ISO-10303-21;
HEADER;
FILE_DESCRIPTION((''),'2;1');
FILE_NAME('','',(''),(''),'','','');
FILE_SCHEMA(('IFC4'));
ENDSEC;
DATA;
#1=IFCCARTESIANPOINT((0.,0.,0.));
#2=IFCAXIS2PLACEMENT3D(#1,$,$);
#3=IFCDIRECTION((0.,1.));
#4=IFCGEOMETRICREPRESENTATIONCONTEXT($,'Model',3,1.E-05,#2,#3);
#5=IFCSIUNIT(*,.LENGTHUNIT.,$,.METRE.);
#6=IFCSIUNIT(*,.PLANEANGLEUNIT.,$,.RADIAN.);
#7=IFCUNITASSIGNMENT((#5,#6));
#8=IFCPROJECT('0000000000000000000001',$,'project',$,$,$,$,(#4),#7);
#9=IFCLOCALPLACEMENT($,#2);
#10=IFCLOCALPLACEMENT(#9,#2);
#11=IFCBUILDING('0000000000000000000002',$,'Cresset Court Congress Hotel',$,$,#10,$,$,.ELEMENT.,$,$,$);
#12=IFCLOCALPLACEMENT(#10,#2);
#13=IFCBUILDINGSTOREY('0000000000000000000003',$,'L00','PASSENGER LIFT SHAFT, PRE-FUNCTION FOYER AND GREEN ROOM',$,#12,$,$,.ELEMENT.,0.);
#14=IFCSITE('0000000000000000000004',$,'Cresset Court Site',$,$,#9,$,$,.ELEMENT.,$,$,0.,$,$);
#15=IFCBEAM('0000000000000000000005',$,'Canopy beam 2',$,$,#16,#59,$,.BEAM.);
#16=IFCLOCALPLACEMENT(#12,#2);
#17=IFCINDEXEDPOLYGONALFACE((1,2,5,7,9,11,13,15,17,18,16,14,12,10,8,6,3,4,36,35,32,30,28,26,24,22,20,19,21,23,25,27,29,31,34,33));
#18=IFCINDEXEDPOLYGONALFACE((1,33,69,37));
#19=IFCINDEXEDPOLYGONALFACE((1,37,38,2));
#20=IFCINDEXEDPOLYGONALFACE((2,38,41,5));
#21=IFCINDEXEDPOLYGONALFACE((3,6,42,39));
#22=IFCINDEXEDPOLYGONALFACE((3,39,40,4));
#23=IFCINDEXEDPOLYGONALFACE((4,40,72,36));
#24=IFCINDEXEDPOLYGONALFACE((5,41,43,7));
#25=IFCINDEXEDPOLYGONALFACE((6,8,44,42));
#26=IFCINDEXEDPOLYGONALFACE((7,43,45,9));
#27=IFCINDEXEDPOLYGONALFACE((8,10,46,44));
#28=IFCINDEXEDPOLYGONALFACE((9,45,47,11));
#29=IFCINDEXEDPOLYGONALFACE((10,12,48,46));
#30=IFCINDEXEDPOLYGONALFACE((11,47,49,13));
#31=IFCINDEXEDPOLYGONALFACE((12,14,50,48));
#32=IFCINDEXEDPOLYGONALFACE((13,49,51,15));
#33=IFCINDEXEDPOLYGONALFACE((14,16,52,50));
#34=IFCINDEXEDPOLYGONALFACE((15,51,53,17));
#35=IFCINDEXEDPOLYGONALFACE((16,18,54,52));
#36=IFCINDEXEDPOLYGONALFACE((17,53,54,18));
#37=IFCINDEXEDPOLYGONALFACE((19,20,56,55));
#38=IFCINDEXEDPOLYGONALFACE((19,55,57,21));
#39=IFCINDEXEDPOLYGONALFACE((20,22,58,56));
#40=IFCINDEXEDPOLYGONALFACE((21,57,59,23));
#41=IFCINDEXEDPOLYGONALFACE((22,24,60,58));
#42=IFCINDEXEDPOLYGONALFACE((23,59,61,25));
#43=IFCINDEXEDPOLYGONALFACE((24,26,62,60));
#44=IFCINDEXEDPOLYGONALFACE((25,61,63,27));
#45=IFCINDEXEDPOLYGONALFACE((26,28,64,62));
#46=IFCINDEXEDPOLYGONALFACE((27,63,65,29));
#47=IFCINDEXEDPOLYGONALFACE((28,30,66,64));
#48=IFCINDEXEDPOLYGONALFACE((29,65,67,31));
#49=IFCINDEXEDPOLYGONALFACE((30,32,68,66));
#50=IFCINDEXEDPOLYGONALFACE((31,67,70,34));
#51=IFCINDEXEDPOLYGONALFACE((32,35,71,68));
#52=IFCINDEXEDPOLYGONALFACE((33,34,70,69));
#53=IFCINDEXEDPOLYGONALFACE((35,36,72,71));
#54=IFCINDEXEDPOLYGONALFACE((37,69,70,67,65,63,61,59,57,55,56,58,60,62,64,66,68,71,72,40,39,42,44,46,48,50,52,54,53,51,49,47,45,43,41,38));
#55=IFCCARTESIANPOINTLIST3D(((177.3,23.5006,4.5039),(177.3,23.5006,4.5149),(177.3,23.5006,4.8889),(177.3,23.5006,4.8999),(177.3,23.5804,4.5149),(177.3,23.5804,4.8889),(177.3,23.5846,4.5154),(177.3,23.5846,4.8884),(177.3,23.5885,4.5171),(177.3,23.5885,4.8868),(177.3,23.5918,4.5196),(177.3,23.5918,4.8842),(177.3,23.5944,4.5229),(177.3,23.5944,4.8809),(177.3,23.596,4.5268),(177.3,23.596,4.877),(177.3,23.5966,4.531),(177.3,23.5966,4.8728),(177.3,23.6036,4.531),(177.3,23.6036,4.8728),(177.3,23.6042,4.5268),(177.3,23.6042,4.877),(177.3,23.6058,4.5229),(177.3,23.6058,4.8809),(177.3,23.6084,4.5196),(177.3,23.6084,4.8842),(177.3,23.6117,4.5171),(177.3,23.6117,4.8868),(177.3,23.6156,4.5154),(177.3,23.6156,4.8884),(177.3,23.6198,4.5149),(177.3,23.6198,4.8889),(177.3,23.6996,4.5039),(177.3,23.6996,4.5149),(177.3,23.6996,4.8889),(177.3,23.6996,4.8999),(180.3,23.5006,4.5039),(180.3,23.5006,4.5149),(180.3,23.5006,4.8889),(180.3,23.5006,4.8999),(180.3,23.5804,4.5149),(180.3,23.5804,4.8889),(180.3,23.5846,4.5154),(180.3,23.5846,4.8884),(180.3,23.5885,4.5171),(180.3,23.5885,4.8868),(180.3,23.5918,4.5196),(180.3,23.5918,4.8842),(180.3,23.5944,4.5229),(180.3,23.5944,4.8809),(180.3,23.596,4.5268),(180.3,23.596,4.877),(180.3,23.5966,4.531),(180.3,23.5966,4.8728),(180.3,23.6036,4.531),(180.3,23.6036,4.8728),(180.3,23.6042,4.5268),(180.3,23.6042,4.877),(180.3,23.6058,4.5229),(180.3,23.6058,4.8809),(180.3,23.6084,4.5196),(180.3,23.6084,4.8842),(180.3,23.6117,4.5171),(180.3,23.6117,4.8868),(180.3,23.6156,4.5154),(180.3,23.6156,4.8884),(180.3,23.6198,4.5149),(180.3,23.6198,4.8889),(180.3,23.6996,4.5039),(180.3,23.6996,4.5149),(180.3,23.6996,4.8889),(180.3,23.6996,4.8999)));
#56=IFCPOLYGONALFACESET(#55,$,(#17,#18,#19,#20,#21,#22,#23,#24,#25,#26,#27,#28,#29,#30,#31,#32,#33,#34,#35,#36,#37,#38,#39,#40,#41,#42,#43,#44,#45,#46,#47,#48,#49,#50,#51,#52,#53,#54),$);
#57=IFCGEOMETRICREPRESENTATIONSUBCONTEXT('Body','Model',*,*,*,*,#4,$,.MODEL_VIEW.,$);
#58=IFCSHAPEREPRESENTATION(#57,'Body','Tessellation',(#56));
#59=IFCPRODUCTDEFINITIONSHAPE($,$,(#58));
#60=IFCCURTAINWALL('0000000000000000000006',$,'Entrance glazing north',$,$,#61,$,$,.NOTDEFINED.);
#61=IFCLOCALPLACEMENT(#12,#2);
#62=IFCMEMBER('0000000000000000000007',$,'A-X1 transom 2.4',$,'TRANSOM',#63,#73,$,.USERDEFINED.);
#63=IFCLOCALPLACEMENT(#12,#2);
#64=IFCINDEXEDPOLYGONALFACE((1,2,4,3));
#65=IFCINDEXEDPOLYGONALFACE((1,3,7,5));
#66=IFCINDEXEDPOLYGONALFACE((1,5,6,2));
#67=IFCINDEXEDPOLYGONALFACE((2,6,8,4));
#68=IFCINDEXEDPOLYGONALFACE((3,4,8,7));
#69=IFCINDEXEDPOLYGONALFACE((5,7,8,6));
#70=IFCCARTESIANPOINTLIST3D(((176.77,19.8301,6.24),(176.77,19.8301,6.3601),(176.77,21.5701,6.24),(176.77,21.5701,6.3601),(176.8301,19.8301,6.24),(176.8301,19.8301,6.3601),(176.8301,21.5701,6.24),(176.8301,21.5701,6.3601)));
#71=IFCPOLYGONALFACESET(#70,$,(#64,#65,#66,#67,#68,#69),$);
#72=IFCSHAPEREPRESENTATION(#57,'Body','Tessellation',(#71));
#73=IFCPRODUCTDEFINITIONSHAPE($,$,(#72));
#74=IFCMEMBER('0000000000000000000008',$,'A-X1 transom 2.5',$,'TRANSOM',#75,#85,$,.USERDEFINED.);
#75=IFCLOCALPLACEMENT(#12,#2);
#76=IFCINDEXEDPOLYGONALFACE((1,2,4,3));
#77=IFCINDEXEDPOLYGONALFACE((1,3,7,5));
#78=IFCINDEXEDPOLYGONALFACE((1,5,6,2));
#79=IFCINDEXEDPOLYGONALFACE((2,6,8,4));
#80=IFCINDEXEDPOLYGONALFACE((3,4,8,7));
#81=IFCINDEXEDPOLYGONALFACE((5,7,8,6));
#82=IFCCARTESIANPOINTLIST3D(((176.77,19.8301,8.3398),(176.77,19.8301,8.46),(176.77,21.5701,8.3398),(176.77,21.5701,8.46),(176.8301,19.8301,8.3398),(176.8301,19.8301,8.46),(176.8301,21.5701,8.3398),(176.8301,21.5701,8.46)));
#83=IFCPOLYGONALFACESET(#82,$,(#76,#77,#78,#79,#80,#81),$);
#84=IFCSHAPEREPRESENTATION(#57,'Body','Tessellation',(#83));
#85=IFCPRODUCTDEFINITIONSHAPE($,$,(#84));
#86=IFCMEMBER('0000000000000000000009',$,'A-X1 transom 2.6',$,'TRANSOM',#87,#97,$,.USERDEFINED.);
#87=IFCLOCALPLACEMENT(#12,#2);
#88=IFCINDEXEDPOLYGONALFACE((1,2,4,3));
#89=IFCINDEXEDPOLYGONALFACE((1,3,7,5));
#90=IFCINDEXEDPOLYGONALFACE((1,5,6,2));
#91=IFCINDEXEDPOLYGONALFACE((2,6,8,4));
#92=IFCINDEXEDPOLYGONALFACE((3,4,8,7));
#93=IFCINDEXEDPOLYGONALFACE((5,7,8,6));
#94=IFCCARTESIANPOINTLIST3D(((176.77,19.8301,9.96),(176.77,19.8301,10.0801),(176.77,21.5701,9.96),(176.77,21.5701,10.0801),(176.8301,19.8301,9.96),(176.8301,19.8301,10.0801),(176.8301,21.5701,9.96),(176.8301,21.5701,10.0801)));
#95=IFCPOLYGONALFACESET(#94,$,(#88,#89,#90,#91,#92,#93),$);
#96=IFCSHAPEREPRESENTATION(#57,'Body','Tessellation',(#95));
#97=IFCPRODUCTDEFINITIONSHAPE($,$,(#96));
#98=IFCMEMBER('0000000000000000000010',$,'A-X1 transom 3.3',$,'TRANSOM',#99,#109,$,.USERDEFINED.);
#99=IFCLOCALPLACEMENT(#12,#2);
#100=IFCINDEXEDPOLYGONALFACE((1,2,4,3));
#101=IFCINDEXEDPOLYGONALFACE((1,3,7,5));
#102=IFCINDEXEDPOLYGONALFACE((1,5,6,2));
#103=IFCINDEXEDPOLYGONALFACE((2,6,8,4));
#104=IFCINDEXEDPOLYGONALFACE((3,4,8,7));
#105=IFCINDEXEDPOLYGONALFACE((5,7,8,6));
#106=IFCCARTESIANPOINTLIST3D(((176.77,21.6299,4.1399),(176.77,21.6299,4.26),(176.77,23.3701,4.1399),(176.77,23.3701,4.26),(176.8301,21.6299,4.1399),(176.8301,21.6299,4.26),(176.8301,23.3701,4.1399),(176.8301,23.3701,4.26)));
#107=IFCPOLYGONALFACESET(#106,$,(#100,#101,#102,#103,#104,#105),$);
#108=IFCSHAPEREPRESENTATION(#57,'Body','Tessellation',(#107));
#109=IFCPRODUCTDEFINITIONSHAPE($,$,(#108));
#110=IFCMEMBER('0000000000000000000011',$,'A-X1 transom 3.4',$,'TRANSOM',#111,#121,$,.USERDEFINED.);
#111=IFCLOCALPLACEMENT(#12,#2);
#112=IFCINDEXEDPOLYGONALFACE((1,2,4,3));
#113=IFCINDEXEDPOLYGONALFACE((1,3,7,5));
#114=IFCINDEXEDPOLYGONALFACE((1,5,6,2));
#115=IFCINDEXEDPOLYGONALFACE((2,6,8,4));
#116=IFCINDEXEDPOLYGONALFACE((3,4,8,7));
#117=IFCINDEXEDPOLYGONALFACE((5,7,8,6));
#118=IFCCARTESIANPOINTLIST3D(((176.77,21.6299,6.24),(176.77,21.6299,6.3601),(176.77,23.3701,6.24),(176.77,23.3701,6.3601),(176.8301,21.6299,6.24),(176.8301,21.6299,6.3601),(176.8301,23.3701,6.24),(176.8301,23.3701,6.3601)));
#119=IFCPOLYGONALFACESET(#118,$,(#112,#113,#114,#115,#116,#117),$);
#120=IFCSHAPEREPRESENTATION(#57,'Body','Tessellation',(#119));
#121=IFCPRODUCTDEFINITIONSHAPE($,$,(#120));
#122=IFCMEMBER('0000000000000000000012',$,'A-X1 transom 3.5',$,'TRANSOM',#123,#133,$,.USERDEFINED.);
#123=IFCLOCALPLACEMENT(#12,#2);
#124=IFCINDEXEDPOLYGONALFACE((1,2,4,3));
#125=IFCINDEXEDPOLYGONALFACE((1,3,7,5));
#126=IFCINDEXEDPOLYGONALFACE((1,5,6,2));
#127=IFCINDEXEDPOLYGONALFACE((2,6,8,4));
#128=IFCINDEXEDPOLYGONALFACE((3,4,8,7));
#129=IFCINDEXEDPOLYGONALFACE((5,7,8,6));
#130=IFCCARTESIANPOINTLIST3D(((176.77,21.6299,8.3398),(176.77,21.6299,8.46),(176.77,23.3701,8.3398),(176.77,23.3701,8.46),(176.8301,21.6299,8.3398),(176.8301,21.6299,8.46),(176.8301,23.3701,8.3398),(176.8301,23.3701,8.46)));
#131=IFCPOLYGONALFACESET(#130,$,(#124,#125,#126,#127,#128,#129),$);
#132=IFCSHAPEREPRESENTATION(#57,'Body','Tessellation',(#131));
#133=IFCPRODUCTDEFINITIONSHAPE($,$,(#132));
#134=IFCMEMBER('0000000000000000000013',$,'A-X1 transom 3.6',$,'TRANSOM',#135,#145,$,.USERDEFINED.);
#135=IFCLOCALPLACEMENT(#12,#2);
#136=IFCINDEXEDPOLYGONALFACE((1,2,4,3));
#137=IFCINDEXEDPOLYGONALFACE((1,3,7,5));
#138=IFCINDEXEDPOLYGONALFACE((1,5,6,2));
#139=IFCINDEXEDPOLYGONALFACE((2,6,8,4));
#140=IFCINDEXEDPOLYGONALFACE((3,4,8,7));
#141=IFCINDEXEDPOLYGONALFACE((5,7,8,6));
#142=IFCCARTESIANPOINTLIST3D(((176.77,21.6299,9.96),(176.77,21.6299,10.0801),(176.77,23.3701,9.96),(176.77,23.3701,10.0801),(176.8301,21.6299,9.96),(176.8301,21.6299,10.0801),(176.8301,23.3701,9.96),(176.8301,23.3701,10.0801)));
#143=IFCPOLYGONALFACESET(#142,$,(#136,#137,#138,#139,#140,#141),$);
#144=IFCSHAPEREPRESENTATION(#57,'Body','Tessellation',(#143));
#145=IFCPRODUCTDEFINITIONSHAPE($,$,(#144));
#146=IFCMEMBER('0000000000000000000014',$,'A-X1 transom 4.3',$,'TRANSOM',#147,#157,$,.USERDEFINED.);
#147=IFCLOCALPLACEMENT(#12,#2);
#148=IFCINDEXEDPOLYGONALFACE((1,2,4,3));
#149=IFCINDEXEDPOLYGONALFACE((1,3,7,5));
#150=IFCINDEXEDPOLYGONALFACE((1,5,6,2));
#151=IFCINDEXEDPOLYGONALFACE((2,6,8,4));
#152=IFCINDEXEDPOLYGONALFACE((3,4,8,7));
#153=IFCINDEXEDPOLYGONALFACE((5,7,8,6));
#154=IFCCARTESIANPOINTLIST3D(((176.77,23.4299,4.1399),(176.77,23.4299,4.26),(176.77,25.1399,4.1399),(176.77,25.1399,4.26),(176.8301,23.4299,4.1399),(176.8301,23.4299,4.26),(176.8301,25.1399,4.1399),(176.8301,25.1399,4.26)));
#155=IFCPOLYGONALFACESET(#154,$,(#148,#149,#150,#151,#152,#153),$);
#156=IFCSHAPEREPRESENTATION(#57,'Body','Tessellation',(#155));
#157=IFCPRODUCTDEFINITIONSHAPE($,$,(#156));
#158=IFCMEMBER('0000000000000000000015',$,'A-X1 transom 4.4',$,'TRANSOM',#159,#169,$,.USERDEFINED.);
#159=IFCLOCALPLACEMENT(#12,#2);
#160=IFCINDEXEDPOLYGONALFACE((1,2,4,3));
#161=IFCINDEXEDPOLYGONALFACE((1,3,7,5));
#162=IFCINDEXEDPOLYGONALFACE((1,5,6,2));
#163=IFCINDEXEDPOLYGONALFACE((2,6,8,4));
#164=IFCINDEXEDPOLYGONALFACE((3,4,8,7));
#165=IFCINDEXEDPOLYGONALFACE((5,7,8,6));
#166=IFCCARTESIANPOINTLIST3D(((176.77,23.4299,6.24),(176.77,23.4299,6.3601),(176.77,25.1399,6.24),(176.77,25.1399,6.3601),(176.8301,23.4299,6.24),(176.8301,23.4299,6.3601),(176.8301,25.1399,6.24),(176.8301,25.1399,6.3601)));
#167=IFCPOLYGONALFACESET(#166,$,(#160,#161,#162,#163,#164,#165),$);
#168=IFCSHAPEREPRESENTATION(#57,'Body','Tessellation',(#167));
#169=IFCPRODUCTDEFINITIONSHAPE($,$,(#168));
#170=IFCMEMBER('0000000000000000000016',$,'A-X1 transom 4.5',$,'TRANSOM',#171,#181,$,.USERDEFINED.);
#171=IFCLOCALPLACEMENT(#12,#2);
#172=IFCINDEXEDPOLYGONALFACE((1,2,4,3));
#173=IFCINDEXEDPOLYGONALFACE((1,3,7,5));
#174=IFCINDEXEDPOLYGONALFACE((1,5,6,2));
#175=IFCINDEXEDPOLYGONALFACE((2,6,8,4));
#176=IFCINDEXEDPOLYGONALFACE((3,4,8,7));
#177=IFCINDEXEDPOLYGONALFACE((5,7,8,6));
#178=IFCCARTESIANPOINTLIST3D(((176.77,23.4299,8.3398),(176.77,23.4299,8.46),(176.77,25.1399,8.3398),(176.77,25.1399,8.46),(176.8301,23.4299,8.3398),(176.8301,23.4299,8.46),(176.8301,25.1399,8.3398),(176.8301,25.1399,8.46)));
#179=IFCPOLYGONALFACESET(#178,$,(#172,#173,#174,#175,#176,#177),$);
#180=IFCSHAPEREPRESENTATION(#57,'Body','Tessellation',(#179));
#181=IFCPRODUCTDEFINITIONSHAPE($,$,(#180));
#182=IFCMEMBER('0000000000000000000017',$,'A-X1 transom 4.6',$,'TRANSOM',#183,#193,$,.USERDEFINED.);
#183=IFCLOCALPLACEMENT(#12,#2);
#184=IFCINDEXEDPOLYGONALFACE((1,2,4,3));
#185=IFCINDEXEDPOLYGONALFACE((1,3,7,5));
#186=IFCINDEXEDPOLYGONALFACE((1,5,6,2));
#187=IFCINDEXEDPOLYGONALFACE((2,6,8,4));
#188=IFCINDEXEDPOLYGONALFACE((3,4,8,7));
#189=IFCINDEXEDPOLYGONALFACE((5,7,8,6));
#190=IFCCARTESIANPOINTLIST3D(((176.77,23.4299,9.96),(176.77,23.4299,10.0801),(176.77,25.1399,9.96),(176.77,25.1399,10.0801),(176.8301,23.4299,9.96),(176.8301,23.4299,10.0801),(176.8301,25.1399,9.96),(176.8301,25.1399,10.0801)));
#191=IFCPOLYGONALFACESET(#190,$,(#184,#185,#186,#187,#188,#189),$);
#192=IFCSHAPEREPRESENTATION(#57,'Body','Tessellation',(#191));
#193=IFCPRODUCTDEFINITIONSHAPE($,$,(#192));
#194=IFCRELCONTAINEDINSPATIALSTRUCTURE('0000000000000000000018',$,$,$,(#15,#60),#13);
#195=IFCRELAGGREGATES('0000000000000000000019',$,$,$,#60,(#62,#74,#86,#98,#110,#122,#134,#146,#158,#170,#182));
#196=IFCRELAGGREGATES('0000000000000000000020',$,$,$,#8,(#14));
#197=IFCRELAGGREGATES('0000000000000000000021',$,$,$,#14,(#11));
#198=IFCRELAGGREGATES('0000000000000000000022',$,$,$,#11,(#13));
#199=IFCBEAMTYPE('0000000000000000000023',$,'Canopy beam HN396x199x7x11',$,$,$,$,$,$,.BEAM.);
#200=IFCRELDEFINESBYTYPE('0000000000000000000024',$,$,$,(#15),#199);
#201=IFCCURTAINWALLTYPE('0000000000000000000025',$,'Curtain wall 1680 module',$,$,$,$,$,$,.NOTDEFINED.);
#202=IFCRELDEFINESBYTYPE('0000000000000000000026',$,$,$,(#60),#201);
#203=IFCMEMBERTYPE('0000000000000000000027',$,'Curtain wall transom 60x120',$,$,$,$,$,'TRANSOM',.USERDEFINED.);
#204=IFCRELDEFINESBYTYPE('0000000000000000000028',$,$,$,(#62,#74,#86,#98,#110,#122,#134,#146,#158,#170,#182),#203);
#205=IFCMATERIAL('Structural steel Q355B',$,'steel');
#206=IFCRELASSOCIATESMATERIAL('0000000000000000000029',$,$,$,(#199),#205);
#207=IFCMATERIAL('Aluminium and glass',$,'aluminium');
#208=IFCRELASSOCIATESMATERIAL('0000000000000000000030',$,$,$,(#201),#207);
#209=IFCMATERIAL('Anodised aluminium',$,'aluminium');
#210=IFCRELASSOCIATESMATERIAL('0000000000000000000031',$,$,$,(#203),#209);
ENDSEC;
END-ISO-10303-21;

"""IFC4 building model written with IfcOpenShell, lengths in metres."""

from ifc_helpers import new_model, si_unit, direction, frame, origin, origin_2d, place, context, subcontext, project, spatial, rectangle, i_section, extrude, material, material_profile, profile_set, type_object, element, aggregate, save


model = new_model("IFC4")

# Units and contexts
model_context = context("Model", 3, precision=1e-05, world=origin(), true_north=direction((0.0, 1.0)))
body_context = subcontext(model_context, "Body", "Model", "MODEL_VIEW")
ifc_project = project(units=[si_unit("LENGTHUNIT", "METRE"), si_unit("PLANEANGLEUNIT", "RADIAN")], contexts=[model_context])

# Site, building, storey
site_placement = place(None, origin())
site = spatial("IfcSite", under=ifc_project, at=site_placement, Name="Cresset Court Site", CompositionType="ELEMENT", RefElevation=0.0)
building_placement = place(site_placement, origin())
building = spatial("IfcBuilding", under=site, at=building_placement, Name="Cresset Court Congress Hotel", CompositionType="ELEMENT")
storey_placement = place(building_placement, origin())
storey = spatial("IfcBuildingStorey", under=building, at=storey_placement, Name="L00", Description="PASSENGER LIFT SHAFT, PRE-FUNCTION FOYER AND GREEN ROOM", CompositionType="ELEMENT", Elevation=0.0)

# Beam
ifc_material_1 = material(Name="Structural steel Q355B", Category="steel")
ifc_material_profile_1 = material_profile(ifc_material_1, i_section(OverallWidth=0.199, OverallDepth=0.396, WebThickness=0.0071, FlangeThickness=0.011, FilletRadius=0.0161, at=origin_2d()), Name="HN396x199x7x11")
ifc_profile_set_1 = profile_set([ifc_material_profile_1], Name="Structural steel Q355B")
beam_type = type_object("IfcBeamType", Name="Canopy beam HN396x199x7x11", PredefinedType="BEAM", material=ifc_profile_set_1)
beam_placement = place(storey_placement, frame((177.3, 23.6001, 4.7019), z_axis=(1.0, 0.0, 0.0), x_axis=(0.0, 1.0, 0.0)))
element("IfcBeam", 1, at=beam_placement, inside=storey, type_object=beam_type, Name="Canopy beam 2", PredefinedType="BEAM", context=body_context, shape_type="SweptSolid", body=[
    extrude(i_section(OverallWidth=0.199, OverallDepth=0.396, WebThickness=0.0071, FlangeThickness=0.011, FilletRadius=0.0161, at=origin_2d()), origin(), (0.0, 0.0, 1.0), 3.0),
])

# Curtain wall, members
ifc_material_2 = material(Name="Aluminium and glass", Category="aluminium")
curtain_wall_type = type_object("IfcCurtainWallType", Name="Curtain wall 1680 module", PredefinedType="NOTDEFINED", material=ifc_material_2)
curtain_wall_placement = place(storey_placement, origin())
curtain_wall = element("IfcCurtainWall", 2, at=curtain_wall_placement, inside=storey, type_object=curtain_wall_type, Name="Entrance glazing north", PredefinedType="NOTDEFINED")
ifc_material_3 = material(Name="Anodised aluminium", Category="aluminium")
ifc_material_profile_2 = material_profile(ifc_material_3, rectangle(XDim=0.0601, YDim=0.1201, at=origin_2d()), Name="AL60x120")
ifc_profile_set_2 = profile_set([ifc_material_profile_2], Name="Anodised aluminium")
member_type = type_object("IfcMemberType", Name="Curtain wall transom 60x120", ElementType="TRANSOM", PredefinedType="USERDEFINED", material=ifc_profile_set_2)
member_1_placement = place(storey_placement, frame((176.8, 19.8301, 6.3), z_axis=(0.0, 1.0, 0.0), x_axis=(-1.0, 0.0, 0.0)))
member_1 = element("IfcMember", 3, at=member_1_placement, type_object=member_type, Name="A-X1 transom 2.4", ObjectType="TRANSOM", PredefinedType="USERDEFINED", context=body_context, shape_type="SweptSolid", body=[
    extrude(rectangle(XDim=0.0601, YDim=0.1201, at=origin_2d()), origin(), (0.0, 0.0, 1.0), 1.74),
])
member_2_placement = place(storey_placement, frame((176.8, 19.8301, 8.3999), z_axis=(0.0, 1.0, 0.0), x_axis=(-1.0, 0.0, 0.0)))
member_2 = element("IfcMember", 4, at=member_2_placement, type_object=member_type, Name="A-X1 transom 2.5", ObjectType="TRANSOM", PredefinedType="USERDEFINED", context=body_context, shape_type="SweptSolid", body=[
    extrude(rectangle(XDim=0.0601, YDim=0.1201, at=origin_2d()), origin(), (0.0, 0.0, 1.0), 1.74),
])
member_3_placement = place(storey_placement, frame((176.8, 19.8301, 10.02), z_axis=(0.0, 1.0, 0.0), x_axis=(-1.0, 0.0, 0.0)))
member_3 = element("IfcMember", 5, at=member_3_placement, type_object=member_type, Name="A-X1 transom 2.6", ObjectType="TRANSOM", PredefinedType="USERDEFINED", context=body_context, shape_type="SweptSolid", body=[
    extrude(rectangle(XDim=0.0601, YDim=0.1201, at=origin_2d()), origin(), (0.0, 0.0, 1.0), 1.74),
])
member_4_placement = place(storey_placement, frame((176.8, 21.6299, 4.2), z_axis=(0.0, 1.0, 0.0), x_axis=(-1.0, 0.0, 0.0)))
member_4 = element("IfcMember", 6, at=member_4_placement, type_object=member_type, Name="A-X1 transom 3.3", ObjectType="TRANSOM", PredefinedType="USERDEFINED", context=body_context, shape_type="SweptSolid", body=[
    extrude(rectangle(XDim=0.0601, YDim=0.1201, at=origin_2d()), origin(), (0.0, 0.0, 1.0), 1.7402),
])
member_5_placement = place(storey_placement, frame((176.8, 21.6299, 6.3), z_axis=(0.0, 1.0, 0.0), x_axis=(-1.0, 0.0, 0.0)))
member_5 = element("IfcMember", 7, at=member_5_placement, type_object=member_type, Name="A-X1 transom 3.4", ObjectType="TRANSOM", PredefinedType="USERDEFINED", context=body_context, shape_type="SweptSolid", body=[
    extrude(rectangle(XDim=0.0601, YDim=0.1201, at=origin_2d()), origin(), (0.0, 0.0, 1.0), 1.7402),
])
member_6_placement = place(storey_placement, frame((176.8, 21.6299, 8.3999), z_axis=(0.0, 1.0, 0.0), x_axis=(-1.0, 0.0, 0.0)))
member_6 = element("IfcMember", 8, at=member_6_placement, type_object=member_type, Name="A-X1 transom 3.5", ObjectType="TRANSOM", PredefinedType="USERDEFINED", context=body_context, shape_type="SweptSolid", body=[
    extrude(rectangle(XDim=0.0601, YDim=0.1201, at=origin_2d()), origin(), (0.0, 0.0, 1.0), 1.7402),
])
member_7_placement = place(storey_placement, frame((176.8, 21.6299, 10.02), z_axis=(0.0, 1.0, 0.0), x_axis=(-1.0, 0.0, 0.0)))
member_7 = element("IfcMember", 9, at=member_7_placement, type_object=member_type, Name="A-X1 transom 3.6", ObjectType="TRANSOM", PredefinedType="USERDEFINED", context=body_context, shape_type="SweptSolid", body=[
    extrude(rectangle(XDim=0.0601, YDim=0.1201, at=origin_2d()), origin(), (0.0, 0.0, 1.0), 1.7402),
])
member_8_placement = place(storey_placement, frame((176.8, 23.4299, 4.2), z_axis=(0.0, 1.0, 0.0), x_axis=(-1.0, 0.0, 0.0)))
member_8 = element("IfcMember", 10, at=member_8_placement, type_object=member_type, Name="A-X1 transom 4.3", ObjectType="TRANSOM", PredefinedType="USERDEFINED", context=body_context, shape_type="SweptSolid", body=[
    extrude(rectangle(XDim=0.0601, YDim=0.1201, at=origin_2d()), origin(), (0.0, 0.0, 1.0), 1.71),
])
member_9_placement = place(storey_placement, frame((176.8, 23.4299, 6.3), z_axis=(0.0, 1.0, 0.0), x_axis=(-1.0, 0.0, 0.0)))
member_9 = element("IfcMember", 11, at=member_9_placement, type_object=member_type, Name="A-X1 transom 4.4", ObjectType="TRANSOM", PredefinedType="USERDEFINED", context=body_context, shape_type="SweptSolid", body=[
    extrude(rectangle(XDim=0.0601, YDim=0.1201, at=origin_2d()), origin(), (0.0, 0.0, 1.0), 1.71),
])
member_10_placement = place(storey_placement, frame((176.8, 23.4299, 8.3999), z_axis=(0.0, 1.0, 0.0), x_axis=(-1.0, 0.0, 0.0)))
member_10 = element("IfcMember", 12, at=member_10_placement, type_object=member_type, Name="A-X1 transom 4.5", ObjectType="TRANSOM", PredefinedType="USERDEFINED", context=body_context, shape_type="SweptSolid", body=[
    extrude(rectangle(XDim=0.0601, YDim=0.1201, at=origin_2d()), origin(), (0.0, 0.0, 1.0), 1.71),
])
member_11_placement = place(storey_placement, frame((176.8, 23.4299, 10.02), z_axis=(0.0, 1.0, 0.0), x_axis=(-1.0, 0.0, 0.0)))
member_11 = element("IfcMember", 13, at=member_11_placement, type_object=member_type, Name="A-X1 transom 4.6", ObjectType="TRANSOM", PredefinedType="USERDEFINED", context=body_context, shape_type="SweptSolid", body=[
    extrude(rectangle(XDim=0.0601, YDim=0.1201, at=origin_2d()), origin(), (0.0, 0.0, 1.0), 1.71),
])
aggregate(curtain_wall, [member_1, member_2, member_3, member_4, member_5, member_6, member_7, member_8, member_9, member_10, member_11])

save(model, "model.ifc")
